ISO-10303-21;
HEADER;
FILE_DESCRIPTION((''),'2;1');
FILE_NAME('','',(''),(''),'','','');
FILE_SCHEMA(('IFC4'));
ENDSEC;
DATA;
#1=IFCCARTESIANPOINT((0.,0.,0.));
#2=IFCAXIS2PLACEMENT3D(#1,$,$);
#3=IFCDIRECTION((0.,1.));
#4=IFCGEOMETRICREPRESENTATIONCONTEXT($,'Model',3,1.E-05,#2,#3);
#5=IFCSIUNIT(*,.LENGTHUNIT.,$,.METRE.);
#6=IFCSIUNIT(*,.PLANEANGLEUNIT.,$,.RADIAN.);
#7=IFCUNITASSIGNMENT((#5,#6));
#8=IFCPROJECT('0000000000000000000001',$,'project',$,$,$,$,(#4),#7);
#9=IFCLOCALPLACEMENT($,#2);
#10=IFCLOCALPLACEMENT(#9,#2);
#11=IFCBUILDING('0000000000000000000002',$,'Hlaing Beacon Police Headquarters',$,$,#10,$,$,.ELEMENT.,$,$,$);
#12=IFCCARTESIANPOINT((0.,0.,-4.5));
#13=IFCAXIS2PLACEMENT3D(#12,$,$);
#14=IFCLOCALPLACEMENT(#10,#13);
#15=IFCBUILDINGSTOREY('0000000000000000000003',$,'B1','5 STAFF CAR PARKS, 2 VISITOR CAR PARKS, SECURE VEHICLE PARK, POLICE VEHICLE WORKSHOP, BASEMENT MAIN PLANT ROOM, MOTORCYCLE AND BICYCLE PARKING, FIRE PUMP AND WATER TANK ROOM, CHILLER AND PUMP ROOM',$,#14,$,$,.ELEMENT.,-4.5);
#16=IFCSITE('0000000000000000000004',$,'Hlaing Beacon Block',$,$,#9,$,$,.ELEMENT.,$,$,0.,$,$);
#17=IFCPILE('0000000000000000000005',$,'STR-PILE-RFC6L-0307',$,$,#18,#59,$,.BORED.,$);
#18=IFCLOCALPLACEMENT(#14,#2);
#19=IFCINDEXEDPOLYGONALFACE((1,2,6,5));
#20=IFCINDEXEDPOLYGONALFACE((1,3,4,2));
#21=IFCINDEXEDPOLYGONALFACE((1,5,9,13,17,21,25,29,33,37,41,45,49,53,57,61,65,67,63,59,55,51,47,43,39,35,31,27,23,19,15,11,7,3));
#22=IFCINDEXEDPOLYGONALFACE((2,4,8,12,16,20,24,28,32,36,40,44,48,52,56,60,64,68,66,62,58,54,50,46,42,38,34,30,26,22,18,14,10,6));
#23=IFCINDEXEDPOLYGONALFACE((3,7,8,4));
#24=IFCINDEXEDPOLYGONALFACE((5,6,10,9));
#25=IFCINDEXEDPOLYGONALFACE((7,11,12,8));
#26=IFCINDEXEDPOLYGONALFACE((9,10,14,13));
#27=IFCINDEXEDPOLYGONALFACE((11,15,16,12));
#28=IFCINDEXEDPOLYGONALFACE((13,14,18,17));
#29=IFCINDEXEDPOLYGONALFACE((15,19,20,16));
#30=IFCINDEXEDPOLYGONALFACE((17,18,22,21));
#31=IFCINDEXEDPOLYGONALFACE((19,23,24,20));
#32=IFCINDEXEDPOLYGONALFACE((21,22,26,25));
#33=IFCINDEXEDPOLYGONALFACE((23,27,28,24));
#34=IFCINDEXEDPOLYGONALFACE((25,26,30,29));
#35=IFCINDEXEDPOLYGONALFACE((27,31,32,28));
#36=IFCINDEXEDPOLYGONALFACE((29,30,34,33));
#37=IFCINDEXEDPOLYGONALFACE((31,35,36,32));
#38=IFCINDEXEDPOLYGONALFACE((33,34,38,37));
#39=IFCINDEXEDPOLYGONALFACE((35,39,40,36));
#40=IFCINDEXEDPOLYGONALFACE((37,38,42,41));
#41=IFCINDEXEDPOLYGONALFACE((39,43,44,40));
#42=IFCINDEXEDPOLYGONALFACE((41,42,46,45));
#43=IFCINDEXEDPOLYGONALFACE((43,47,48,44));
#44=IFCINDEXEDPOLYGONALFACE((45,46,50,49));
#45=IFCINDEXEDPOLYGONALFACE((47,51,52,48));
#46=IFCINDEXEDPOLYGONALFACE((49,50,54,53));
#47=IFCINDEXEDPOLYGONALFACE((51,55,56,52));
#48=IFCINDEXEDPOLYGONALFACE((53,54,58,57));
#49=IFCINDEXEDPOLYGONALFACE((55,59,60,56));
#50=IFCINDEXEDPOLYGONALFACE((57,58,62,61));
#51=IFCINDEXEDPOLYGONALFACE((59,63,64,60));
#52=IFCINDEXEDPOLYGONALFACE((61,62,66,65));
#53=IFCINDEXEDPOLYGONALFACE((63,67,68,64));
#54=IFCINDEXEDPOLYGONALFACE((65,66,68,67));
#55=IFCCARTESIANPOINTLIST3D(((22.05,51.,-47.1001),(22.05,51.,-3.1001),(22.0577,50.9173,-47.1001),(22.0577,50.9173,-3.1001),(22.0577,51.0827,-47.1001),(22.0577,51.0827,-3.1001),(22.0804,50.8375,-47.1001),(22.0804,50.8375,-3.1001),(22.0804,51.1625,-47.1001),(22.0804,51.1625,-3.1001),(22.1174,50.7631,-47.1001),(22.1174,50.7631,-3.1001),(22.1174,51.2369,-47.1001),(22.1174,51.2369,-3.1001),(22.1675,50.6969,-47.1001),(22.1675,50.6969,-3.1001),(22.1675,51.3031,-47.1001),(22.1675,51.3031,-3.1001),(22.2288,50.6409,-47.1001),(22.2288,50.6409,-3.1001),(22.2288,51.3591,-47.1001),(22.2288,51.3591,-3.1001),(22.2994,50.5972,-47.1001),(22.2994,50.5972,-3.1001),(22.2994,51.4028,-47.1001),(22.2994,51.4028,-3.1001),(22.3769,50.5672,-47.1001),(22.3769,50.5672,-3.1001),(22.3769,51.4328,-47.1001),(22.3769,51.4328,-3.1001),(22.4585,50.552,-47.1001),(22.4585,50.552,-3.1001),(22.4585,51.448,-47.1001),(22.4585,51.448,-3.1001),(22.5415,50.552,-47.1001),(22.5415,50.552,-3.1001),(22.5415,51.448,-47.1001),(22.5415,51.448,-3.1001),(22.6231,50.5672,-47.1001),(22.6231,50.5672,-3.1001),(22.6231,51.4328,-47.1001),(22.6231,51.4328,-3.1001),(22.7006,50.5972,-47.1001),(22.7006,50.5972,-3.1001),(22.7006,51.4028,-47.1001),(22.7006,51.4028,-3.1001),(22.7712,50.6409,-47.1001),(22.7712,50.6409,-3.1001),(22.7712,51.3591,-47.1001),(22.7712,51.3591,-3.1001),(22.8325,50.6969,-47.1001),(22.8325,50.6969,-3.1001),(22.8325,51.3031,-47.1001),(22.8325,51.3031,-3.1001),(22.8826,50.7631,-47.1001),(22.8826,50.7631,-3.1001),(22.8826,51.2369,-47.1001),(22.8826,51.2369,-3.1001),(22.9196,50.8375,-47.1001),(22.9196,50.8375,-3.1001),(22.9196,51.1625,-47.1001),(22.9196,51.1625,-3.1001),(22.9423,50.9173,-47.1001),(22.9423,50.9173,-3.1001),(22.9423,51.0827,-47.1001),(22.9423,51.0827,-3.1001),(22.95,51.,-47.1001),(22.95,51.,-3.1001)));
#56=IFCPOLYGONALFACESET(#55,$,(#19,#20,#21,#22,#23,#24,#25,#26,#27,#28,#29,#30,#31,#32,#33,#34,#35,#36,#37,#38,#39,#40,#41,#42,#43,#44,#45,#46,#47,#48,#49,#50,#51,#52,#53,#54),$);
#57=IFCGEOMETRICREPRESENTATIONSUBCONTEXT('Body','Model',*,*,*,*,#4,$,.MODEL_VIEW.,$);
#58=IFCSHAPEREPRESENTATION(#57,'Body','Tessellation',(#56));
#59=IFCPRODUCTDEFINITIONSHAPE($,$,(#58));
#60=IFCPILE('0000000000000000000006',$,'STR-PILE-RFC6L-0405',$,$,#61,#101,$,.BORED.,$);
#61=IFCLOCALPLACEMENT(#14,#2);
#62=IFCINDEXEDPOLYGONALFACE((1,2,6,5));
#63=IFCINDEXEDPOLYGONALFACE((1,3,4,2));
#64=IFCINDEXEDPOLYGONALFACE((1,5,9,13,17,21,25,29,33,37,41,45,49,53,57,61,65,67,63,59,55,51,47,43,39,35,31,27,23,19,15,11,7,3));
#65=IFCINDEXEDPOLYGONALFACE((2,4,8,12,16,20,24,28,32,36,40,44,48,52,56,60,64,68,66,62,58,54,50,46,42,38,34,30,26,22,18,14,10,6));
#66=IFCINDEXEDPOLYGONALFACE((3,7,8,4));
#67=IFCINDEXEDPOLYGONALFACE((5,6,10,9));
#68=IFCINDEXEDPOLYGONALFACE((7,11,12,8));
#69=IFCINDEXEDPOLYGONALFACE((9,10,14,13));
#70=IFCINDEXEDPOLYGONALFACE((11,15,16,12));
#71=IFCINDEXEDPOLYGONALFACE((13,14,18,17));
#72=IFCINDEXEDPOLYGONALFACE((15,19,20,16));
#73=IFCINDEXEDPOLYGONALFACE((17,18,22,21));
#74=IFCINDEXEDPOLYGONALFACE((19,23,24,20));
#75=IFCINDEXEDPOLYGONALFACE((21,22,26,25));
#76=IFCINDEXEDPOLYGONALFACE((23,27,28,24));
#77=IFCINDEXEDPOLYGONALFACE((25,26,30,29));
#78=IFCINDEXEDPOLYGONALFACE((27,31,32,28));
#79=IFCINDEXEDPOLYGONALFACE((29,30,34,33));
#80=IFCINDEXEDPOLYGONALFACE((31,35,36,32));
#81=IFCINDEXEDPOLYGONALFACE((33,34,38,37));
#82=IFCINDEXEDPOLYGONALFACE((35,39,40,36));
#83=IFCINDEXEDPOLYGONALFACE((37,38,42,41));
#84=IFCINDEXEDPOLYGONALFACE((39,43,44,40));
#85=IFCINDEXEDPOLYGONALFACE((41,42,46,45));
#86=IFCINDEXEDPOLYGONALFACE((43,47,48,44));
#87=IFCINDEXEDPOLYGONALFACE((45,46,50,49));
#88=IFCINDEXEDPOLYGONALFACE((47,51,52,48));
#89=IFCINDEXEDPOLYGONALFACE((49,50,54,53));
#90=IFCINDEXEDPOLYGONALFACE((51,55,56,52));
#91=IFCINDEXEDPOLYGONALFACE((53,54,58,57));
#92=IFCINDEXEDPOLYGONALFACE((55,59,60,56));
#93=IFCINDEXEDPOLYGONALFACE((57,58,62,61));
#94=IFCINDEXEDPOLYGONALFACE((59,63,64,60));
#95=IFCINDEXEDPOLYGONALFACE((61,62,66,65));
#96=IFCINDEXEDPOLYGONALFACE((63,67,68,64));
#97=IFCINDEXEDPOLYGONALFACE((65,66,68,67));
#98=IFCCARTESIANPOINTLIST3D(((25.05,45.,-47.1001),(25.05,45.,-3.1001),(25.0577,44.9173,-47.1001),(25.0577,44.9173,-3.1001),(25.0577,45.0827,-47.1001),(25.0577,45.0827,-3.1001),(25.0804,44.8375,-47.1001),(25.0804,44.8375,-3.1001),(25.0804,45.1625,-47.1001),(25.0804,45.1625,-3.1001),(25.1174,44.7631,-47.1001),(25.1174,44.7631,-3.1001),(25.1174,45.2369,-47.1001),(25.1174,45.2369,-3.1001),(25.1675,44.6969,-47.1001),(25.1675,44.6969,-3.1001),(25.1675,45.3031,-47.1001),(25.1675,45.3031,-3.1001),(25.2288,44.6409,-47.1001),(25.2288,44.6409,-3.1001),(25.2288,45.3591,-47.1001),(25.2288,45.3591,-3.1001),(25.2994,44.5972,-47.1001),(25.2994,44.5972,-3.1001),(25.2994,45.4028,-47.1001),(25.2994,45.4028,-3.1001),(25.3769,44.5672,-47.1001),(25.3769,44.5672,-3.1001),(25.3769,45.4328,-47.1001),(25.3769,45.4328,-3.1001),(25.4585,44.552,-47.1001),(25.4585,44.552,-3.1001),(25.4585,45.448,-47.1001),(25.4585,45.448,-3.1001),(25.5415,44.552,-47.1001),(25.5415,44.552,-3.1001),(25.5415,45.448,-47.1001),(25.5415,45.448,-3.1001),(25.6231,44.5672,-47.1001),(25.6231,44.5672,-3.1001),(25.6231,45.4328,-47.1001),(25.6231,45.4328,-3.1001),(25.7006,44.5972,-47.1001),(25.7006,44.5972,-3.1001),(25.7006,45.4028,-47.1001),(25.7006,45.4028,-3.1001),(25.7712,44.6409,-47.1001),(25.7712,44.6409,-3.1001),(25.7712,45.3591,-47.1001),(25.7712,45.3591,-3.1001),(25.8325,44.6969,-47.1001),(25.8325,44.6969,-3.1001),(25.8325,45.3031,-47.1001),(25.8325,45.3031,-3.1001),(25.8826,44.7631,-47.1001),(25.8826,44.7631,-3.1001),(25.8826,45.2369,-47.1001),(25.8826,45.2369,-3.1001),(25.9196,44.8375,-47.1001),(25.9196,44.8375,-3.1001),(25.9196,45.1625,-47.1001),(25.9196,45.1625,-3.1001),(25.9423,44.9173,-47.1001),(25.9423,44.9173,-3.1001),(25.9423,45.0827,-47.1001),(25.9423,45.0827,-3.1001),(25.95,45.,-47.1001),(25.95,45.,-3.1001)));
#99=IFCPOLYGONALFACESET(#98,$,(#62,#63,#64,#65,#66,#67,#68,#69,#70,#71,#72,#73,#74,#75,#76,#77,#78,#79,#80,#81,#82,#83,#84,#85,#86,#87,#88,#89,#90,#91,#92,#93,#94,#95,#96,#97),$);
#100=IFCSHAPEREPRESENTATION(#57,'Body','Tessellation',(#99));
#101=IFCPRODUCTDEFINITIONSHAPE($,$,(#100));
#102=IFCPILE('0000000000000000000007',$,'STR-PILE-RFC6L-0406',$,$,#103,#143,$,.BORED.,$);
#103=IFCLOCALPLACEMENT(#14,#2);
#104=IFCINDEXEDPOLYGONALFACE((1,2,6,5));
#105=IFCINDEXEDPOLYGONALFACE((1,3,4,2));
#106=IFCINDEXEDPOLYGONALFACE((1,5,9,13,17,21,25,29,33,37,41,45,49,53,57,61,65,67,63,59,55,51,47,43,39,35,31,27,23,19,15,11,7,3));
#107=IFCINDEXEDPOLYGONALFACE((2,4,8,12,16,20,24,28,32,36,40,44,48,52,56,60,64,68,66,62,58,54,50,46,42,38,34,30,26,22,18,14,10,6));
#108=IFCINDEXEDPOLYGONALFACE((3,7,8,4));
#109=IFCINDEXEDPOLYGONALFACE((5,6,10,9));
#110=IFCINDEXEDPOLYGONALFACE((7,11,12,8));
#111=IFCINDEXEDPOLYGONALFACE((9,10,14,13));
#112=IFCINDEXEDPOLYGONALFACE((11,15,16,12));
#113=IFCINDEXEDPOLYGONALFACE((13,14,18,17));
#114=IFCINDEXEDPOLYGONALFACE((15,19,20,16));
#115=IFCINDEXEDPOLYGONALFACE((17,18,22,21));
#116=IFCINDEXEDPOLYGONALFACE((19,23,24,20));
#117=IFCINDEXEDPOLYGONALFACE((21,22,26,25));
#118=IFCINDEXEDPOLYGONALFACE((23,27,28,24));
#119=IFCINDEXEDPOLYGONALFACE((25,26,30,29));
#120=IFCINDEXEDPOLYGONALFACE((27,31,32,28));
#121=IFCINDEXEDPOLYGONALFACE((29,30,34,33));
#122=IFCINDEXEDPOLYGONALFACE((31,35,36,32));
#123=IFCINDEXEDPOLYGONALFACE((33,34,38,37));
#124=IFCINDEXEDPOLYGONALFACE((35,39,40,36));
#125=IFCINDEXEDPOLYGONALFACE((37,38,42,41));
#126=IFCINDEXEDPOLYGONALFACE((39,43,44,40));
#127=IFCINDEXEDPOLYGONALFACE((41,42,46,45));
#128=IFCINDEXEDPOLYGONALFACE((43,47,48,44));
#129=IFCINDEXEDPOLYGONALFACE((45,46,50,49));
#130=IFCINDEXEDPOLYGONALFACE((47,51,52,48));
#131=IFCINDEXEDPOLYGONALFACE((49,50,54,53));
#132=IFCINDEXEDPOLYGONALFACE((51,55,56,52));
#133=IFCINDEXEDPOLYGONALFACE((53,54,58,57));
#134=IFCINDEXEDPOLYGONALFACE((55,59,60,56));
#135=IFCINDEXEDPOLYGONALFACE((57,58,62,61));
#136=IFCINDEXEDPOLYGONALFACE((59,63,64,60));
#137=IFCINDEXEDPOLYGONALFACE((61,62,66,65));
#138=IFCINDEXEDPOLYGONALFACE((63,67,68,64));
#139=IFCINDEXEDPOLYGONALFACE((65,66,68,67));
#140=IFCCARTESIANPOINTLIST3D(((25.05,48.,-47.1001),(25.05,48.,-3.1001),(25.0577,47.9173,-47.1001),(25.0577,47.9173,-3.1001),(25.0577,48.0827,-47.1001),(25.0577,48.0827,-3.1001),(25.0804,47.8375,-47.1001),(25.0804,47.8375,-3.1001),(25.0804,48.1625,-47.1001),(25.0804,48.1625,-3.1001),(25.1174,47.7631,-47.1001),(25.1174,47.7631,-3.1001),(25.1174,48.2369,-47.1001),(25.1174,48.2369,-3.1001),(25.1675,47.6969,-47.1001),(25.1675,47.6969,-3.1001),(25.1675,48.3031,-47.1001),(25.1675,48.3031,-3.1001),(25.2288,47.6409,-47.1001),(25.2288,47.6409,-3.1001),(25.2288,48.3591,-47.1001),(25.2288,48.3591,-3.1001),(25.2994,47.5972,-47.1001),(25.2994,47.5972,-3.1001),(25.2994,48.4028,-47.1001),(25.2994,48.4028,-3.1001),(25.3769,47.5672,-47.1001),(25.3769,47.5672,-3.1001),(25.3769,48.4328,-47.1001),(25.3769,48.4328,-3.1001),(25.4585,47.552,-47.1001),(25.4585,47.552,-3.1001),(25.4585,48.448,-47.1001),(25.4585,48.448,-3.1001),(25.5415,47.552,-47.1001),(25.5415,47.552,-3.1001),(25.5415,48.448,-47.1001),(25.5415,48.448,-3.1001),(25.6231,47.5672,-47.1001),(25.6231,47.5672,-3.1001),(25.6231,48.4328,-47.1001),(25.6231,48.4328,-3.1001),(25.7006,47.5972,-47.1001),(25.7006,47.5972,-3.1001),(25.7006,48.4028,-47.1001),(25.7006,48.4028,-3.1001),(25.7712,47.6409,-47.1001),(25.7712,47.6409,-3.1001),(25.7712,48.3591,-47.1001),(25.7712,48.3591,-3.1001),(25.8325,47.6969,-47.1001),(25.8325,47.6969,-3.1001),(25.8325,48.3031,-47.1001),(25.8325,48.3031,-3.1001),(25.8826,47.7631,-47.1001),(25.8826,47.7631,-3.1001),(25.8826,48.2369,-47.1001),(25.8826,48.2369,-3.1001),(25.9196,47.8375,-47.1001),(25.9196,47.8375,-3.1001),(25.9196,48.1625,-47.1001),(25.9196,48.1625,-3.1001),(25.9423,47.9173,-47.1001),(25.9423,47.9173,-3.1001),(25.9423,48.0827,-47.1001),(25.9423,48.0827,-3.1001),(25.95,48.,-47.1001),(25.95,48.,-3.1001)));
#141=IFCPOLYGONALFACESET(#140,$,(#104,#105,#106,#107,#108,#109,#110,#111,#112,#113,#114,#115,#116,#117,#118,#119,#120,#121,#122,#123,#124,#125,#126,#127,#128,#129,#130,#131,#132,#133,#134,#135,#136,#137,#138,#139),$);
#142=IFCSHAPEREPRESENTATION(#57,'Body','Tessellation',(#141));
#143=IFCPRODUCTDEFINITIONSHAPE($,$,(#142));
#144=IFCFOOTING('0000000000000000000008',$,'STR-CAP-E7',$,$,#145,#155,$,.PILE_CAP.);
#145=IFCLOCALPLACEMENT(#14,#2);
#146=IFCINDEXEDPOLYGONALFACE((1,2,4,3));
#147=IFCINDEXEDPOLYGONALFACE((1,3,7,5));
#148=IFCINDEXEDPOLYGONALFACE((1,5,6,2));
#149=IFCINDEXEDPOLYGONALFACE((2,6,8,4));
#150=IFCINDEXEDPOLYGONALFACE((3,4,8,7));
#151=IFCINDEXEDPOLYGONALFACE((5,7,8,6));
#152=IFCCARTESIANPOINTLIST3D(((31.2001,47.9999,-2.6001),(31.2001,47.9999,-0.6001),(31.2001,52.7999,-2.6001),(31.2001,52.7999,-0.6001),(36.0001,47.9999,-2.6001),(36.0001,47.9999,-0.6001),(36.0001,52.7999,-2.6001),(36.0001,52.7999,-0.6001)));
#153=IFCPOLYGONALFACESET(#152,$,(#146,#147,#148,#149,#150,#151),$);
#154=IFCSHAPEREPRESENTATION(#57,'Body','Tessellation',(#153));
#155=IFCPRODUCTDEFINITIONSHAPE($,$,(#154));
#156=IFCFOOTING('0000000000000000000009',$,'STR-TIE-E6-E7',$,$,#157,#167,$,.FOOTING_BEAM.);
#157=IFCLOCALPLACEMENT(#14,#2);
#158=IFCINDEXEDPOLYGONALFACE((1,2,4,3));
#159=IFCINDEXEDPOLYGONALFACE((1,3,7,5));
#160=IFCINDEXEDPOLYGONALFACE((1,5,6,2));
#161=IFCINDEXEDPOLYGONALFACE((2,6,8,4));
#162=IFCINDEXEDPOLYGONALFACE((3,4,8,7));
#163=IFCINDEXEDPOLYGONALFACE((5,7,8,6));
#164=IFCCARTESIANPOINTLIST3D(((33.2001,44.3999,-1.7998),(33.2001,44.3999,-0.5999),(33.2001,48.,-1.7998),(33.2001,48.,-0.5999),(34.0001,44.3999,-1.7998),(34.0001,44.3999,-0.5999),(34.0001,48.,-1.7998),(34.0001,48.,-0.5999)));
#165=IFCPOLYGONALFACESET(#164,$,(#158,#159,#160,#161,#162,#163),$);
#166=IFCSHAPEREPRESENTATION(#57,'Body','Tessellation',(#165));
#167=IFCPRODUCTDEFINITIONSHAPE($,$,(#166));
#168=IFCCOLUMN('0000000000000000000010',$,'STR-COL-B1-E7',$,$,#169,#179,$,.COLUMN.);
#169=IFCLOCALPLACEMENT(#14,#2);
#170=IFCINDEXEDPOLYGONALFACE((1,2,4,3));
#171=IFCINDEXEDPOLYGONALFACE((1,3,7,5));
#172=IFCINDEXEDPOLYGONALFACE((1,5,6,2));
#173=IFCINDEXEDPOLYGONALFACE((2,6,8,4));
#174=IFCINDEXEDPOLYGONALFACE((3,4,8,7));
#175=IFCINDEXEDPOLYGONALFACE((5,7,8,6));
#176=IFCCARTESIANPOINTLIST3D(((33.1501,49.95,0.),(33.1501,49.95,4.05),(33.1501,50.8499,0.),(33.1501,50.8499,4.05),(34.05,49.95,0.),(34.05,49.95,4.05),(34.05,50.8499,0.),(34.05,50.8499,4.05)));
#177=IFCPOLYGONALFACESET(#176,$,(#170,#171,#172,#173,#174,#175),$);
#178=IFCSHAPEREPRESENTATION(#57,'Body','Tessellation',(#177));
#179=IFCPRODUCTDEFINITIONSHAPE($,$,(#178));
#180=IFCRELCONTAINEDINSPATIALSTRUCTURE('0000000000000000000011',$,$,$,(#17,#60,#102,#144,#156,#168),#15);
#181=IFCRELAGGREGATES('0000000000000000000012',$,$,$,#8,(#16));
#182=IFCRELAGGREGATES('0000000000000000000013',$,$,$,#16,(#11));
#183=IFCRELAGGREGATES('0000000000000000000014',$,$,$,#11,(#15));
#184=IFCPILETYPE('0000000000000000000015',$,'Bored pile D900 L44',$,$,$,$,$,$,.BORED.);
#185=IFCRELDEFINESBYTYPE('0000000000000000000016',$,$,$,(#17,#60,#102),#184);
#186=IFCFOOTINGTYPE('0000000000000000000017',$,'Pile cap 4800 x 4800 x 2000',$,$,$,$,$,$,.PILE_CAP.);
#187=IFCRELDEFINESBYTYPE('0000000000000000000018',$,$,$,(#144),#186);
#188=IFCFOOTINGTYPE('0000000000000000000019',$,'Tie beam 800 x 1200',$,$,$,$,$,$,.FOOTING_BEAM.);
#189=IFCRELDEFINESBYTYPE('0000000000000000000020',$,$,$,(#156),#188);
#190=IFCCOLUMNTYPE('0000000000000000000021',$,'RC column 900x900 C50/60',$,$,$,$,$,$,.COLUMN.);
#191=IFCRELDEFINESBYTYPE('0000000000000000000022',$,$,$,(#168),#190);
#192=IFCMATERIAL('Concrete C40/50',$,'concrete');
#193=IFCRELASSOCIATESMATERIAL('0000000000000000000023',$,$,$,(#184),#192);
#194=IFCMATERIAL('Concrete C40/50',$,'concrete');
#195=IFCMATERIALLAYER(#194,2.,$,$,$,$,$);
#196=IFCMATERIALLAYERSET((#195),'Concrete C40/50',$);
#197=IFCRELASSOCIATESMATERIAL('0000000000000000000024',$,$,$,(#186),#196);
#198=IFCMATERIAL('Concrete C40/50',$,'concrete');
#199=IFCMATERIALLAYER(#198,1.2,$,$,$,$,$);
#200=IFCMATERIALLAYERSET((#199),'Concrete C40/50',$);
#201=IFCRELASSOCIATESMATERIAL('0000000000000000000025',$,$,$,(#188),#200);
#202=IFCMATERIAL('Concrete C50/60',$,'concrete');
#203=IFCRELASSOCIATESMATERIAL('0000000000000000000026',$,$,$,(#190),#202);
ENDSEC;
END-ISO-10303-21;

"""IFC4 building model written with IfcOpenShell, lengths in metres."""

from ifc_helpers import new_model, si_unit, direction, frame, origin, origin_2d, place, context, subcontext, project, spatial, rectangle, circle, extrude, material, layer, layer_set, material_profile, profile_set, type_object, element, save


model = new_model("IFC4")

# Units and contexts
model_context = context("Model", 3, precision=1e-05, world=origin(), true_north=direction((0.0, 1.0)))
body_context = subcontext(model_context, "Body", "Model", "MODEL_VIEW")
ifc_project = project(units=[si_unit("LENGTHUNIT", "METRE"), si_unit("PLANEANGLEUNIT", "RADIAN")], contexts=[model_context])

# Site, building, storey
site_placement = place(None, origin())
site = spatial("IfcSite", under=ifc_project, at=site_placement, Name="Hlaing Beacon Block", CompositionType="ELEMENT", RefElevation=0.0)
building_placement = place(site_placement, origin())
building = spatial("IfcBuilding", under=site, at=building_placement, Name="Hlaing Beacon Police Headquarters", CompositionType="ELEMENT")
storey_placement = place(building_placement, frame((0.0, 0.0, -4.5)))
storey = spatial("IfcBuildingStorey", under=building, at=storey_placement, Name="B1", Description="5 STAFF CAR PARKS, 2 VISITOR CAR PARKS, SECURE VEHICLE PARK, POLICE VEHICLE WORKSHOP, BASEMENT MAIN PLANT ROOM, MOTORCYCLE AND BICYCLE PARKING, FIRE PUMP AND WATER TANK ROOM, CHILLER AND PUMP ROOM", CompositionType="ELEMENT", Elevation=-4.5)

# Piles
ifc_material_1 = material(Name="Concrete C40/50", Category="concrete")
ifc_material_profile_1 = material_profile(ifc_material_1, circle(Radius=0.45, at=origin_2d()), Name="D900")
ifc_profile_set_1 = profile_set([ifc_material_profile_1], Name="Concrete C40/50")
pile_type = type_object("IfcPileType", Name="Bored pile D900 L44", PredefinedType="BORED", material=ifc_profile_set_1)
for number, where, z_axis, x_axis, name in (
    (1, (22.5, 51.0, -3.1001), (0.0, 0.0, -1.0), (1.0, 0.0, 0.0), "STR-PILE-RFC6L-0307"),
    (2, (25.5, 45.0, -3.1001), (0.0, 0.0, -1.0), (1.0, 0.0, 0.0), "STR-PILE-RFC6L-0405"),
    (3, (25.5, 48.0, -3.1001), (0.0, 0.0, -1.0), (1.0, 0.0, 0.0), "STR-PILE-RFC6L-0406"),
):
    element("IfcPile", number, at=place(storey_placement, frame(where, z_axis=z_axis, x_axis=x_axis)), inside=storey, type_object=pile_type, Name=name, PredefinedType="BORED", context=body_context, shape_type="SweptSolid", body=[
        extrude(circle(Radius=0.45, at=origin_2d()), origin(), (0.0, 0.0, 1.0), 44.0),
    ])

# Footings
ifc_material_2 = material(Name="Concrete C40/50", Category="concrete")
ifc_layer_1 = layer(ifc_material_2, 2.0)
ifc_layer_set_1 = layer_set([ifc_layer_1], Name="Concrete C40/50")
footing_type_1 = type_object("IfcFootingType", Name="Pile cap 4800 x 4800 x 2000", PredefinedType="PILE_CAP", material=ifc_layer_set_1)
footing_1_placement = place(storey_placement, frame((33.6001, 50.3999, -2.6001), z_axis=(0.0, 0.0, 1.0), x_axis=(1.0, 0.0, 0.0)))
element("IfcFooting", 4, at=footing_1_placement, inside=storey, type_object=footing_type_1, Name="STR-CAP-E7", PredefinedType="PILE_CAP", context=body_context, shape_type="SweptSolid", body=[
    extrude(rectangle(XDim=4.8, YDim=4.8, at=origin_2d()), origin(), (0.0, 0.0, 1.0), 2.0),
])
ifc_material_3 = material(Name="Concrete C40/50", Category="concrete")
ifc_layer_2 = layer(ifc_material_3, 1.2)
ifc_layer_set_2 = layer_set([ifc_layer_2], Name="Concrete C40/50")
footing_type_2 = type_object("IfcFootingType", Name="Tie beam 800 x 1200", PredefinedType="FOOTING_BEAM", material=ifc_layer_set_2)
footing_2_placement = place(storey_placement, frame((33.6001, 46.2, -1.7998), z_axis=(0.0, 0.0, 1.0), x_axis=(1.0, 0.0, 0.0)))
element("IfcFooting", 5, at=footing_2_placement, inside=storey, type_object=footing_type_2, Name="STR-TIE-E6-E7", PredefinedType="FOOTING_BEAM", context=body_context, shape_type="SweptSolid", body=[
    extrude(rectangle(XDim=0.8, YDim=3.6001, at=origin_2d()), origin(), (0.0, 0.0, 1.0), 1.2),
])

# Column
ifc_material_4 = material(Name="Concrete C50/60", Category="concrete")
ifc_material_profile_2 = material_profile(ifc_material_4, rectangle(XDim=0.8999, YDim=0.8999, at=origin_2d()), Name="900x900")
ifc_profile_set_2 = profile_set([ifc_material_profile_2], Name="Concrete C50/60")
column_type = type_object("IfcColumnType", Name="RC column 900x900 C50/60", PredefinedType="COLUMN", material=ifc_profile_set_2)
column_placement = place(storey_placement, frame((33.6001, 50.3999, 0.0), z_axis=(0.0, 0.0, 1.0), x_axis=(1.0, 0.0, 0.0)))
element("IfcColumn", 6, at=column_placement, inside=storey, type_object=column_type, Name="STR-COL-B1-E7", PredefinedType="COLUMN", context=body_context, shape_type="SweptSolid", body=[
    extrude(rectangle(XDim=0.8999, YDim=0.8999, at=origin_2d()), origin(), (0.0, 0.0, 1.0), 4.05),
])

save(model, "model.ifc")
